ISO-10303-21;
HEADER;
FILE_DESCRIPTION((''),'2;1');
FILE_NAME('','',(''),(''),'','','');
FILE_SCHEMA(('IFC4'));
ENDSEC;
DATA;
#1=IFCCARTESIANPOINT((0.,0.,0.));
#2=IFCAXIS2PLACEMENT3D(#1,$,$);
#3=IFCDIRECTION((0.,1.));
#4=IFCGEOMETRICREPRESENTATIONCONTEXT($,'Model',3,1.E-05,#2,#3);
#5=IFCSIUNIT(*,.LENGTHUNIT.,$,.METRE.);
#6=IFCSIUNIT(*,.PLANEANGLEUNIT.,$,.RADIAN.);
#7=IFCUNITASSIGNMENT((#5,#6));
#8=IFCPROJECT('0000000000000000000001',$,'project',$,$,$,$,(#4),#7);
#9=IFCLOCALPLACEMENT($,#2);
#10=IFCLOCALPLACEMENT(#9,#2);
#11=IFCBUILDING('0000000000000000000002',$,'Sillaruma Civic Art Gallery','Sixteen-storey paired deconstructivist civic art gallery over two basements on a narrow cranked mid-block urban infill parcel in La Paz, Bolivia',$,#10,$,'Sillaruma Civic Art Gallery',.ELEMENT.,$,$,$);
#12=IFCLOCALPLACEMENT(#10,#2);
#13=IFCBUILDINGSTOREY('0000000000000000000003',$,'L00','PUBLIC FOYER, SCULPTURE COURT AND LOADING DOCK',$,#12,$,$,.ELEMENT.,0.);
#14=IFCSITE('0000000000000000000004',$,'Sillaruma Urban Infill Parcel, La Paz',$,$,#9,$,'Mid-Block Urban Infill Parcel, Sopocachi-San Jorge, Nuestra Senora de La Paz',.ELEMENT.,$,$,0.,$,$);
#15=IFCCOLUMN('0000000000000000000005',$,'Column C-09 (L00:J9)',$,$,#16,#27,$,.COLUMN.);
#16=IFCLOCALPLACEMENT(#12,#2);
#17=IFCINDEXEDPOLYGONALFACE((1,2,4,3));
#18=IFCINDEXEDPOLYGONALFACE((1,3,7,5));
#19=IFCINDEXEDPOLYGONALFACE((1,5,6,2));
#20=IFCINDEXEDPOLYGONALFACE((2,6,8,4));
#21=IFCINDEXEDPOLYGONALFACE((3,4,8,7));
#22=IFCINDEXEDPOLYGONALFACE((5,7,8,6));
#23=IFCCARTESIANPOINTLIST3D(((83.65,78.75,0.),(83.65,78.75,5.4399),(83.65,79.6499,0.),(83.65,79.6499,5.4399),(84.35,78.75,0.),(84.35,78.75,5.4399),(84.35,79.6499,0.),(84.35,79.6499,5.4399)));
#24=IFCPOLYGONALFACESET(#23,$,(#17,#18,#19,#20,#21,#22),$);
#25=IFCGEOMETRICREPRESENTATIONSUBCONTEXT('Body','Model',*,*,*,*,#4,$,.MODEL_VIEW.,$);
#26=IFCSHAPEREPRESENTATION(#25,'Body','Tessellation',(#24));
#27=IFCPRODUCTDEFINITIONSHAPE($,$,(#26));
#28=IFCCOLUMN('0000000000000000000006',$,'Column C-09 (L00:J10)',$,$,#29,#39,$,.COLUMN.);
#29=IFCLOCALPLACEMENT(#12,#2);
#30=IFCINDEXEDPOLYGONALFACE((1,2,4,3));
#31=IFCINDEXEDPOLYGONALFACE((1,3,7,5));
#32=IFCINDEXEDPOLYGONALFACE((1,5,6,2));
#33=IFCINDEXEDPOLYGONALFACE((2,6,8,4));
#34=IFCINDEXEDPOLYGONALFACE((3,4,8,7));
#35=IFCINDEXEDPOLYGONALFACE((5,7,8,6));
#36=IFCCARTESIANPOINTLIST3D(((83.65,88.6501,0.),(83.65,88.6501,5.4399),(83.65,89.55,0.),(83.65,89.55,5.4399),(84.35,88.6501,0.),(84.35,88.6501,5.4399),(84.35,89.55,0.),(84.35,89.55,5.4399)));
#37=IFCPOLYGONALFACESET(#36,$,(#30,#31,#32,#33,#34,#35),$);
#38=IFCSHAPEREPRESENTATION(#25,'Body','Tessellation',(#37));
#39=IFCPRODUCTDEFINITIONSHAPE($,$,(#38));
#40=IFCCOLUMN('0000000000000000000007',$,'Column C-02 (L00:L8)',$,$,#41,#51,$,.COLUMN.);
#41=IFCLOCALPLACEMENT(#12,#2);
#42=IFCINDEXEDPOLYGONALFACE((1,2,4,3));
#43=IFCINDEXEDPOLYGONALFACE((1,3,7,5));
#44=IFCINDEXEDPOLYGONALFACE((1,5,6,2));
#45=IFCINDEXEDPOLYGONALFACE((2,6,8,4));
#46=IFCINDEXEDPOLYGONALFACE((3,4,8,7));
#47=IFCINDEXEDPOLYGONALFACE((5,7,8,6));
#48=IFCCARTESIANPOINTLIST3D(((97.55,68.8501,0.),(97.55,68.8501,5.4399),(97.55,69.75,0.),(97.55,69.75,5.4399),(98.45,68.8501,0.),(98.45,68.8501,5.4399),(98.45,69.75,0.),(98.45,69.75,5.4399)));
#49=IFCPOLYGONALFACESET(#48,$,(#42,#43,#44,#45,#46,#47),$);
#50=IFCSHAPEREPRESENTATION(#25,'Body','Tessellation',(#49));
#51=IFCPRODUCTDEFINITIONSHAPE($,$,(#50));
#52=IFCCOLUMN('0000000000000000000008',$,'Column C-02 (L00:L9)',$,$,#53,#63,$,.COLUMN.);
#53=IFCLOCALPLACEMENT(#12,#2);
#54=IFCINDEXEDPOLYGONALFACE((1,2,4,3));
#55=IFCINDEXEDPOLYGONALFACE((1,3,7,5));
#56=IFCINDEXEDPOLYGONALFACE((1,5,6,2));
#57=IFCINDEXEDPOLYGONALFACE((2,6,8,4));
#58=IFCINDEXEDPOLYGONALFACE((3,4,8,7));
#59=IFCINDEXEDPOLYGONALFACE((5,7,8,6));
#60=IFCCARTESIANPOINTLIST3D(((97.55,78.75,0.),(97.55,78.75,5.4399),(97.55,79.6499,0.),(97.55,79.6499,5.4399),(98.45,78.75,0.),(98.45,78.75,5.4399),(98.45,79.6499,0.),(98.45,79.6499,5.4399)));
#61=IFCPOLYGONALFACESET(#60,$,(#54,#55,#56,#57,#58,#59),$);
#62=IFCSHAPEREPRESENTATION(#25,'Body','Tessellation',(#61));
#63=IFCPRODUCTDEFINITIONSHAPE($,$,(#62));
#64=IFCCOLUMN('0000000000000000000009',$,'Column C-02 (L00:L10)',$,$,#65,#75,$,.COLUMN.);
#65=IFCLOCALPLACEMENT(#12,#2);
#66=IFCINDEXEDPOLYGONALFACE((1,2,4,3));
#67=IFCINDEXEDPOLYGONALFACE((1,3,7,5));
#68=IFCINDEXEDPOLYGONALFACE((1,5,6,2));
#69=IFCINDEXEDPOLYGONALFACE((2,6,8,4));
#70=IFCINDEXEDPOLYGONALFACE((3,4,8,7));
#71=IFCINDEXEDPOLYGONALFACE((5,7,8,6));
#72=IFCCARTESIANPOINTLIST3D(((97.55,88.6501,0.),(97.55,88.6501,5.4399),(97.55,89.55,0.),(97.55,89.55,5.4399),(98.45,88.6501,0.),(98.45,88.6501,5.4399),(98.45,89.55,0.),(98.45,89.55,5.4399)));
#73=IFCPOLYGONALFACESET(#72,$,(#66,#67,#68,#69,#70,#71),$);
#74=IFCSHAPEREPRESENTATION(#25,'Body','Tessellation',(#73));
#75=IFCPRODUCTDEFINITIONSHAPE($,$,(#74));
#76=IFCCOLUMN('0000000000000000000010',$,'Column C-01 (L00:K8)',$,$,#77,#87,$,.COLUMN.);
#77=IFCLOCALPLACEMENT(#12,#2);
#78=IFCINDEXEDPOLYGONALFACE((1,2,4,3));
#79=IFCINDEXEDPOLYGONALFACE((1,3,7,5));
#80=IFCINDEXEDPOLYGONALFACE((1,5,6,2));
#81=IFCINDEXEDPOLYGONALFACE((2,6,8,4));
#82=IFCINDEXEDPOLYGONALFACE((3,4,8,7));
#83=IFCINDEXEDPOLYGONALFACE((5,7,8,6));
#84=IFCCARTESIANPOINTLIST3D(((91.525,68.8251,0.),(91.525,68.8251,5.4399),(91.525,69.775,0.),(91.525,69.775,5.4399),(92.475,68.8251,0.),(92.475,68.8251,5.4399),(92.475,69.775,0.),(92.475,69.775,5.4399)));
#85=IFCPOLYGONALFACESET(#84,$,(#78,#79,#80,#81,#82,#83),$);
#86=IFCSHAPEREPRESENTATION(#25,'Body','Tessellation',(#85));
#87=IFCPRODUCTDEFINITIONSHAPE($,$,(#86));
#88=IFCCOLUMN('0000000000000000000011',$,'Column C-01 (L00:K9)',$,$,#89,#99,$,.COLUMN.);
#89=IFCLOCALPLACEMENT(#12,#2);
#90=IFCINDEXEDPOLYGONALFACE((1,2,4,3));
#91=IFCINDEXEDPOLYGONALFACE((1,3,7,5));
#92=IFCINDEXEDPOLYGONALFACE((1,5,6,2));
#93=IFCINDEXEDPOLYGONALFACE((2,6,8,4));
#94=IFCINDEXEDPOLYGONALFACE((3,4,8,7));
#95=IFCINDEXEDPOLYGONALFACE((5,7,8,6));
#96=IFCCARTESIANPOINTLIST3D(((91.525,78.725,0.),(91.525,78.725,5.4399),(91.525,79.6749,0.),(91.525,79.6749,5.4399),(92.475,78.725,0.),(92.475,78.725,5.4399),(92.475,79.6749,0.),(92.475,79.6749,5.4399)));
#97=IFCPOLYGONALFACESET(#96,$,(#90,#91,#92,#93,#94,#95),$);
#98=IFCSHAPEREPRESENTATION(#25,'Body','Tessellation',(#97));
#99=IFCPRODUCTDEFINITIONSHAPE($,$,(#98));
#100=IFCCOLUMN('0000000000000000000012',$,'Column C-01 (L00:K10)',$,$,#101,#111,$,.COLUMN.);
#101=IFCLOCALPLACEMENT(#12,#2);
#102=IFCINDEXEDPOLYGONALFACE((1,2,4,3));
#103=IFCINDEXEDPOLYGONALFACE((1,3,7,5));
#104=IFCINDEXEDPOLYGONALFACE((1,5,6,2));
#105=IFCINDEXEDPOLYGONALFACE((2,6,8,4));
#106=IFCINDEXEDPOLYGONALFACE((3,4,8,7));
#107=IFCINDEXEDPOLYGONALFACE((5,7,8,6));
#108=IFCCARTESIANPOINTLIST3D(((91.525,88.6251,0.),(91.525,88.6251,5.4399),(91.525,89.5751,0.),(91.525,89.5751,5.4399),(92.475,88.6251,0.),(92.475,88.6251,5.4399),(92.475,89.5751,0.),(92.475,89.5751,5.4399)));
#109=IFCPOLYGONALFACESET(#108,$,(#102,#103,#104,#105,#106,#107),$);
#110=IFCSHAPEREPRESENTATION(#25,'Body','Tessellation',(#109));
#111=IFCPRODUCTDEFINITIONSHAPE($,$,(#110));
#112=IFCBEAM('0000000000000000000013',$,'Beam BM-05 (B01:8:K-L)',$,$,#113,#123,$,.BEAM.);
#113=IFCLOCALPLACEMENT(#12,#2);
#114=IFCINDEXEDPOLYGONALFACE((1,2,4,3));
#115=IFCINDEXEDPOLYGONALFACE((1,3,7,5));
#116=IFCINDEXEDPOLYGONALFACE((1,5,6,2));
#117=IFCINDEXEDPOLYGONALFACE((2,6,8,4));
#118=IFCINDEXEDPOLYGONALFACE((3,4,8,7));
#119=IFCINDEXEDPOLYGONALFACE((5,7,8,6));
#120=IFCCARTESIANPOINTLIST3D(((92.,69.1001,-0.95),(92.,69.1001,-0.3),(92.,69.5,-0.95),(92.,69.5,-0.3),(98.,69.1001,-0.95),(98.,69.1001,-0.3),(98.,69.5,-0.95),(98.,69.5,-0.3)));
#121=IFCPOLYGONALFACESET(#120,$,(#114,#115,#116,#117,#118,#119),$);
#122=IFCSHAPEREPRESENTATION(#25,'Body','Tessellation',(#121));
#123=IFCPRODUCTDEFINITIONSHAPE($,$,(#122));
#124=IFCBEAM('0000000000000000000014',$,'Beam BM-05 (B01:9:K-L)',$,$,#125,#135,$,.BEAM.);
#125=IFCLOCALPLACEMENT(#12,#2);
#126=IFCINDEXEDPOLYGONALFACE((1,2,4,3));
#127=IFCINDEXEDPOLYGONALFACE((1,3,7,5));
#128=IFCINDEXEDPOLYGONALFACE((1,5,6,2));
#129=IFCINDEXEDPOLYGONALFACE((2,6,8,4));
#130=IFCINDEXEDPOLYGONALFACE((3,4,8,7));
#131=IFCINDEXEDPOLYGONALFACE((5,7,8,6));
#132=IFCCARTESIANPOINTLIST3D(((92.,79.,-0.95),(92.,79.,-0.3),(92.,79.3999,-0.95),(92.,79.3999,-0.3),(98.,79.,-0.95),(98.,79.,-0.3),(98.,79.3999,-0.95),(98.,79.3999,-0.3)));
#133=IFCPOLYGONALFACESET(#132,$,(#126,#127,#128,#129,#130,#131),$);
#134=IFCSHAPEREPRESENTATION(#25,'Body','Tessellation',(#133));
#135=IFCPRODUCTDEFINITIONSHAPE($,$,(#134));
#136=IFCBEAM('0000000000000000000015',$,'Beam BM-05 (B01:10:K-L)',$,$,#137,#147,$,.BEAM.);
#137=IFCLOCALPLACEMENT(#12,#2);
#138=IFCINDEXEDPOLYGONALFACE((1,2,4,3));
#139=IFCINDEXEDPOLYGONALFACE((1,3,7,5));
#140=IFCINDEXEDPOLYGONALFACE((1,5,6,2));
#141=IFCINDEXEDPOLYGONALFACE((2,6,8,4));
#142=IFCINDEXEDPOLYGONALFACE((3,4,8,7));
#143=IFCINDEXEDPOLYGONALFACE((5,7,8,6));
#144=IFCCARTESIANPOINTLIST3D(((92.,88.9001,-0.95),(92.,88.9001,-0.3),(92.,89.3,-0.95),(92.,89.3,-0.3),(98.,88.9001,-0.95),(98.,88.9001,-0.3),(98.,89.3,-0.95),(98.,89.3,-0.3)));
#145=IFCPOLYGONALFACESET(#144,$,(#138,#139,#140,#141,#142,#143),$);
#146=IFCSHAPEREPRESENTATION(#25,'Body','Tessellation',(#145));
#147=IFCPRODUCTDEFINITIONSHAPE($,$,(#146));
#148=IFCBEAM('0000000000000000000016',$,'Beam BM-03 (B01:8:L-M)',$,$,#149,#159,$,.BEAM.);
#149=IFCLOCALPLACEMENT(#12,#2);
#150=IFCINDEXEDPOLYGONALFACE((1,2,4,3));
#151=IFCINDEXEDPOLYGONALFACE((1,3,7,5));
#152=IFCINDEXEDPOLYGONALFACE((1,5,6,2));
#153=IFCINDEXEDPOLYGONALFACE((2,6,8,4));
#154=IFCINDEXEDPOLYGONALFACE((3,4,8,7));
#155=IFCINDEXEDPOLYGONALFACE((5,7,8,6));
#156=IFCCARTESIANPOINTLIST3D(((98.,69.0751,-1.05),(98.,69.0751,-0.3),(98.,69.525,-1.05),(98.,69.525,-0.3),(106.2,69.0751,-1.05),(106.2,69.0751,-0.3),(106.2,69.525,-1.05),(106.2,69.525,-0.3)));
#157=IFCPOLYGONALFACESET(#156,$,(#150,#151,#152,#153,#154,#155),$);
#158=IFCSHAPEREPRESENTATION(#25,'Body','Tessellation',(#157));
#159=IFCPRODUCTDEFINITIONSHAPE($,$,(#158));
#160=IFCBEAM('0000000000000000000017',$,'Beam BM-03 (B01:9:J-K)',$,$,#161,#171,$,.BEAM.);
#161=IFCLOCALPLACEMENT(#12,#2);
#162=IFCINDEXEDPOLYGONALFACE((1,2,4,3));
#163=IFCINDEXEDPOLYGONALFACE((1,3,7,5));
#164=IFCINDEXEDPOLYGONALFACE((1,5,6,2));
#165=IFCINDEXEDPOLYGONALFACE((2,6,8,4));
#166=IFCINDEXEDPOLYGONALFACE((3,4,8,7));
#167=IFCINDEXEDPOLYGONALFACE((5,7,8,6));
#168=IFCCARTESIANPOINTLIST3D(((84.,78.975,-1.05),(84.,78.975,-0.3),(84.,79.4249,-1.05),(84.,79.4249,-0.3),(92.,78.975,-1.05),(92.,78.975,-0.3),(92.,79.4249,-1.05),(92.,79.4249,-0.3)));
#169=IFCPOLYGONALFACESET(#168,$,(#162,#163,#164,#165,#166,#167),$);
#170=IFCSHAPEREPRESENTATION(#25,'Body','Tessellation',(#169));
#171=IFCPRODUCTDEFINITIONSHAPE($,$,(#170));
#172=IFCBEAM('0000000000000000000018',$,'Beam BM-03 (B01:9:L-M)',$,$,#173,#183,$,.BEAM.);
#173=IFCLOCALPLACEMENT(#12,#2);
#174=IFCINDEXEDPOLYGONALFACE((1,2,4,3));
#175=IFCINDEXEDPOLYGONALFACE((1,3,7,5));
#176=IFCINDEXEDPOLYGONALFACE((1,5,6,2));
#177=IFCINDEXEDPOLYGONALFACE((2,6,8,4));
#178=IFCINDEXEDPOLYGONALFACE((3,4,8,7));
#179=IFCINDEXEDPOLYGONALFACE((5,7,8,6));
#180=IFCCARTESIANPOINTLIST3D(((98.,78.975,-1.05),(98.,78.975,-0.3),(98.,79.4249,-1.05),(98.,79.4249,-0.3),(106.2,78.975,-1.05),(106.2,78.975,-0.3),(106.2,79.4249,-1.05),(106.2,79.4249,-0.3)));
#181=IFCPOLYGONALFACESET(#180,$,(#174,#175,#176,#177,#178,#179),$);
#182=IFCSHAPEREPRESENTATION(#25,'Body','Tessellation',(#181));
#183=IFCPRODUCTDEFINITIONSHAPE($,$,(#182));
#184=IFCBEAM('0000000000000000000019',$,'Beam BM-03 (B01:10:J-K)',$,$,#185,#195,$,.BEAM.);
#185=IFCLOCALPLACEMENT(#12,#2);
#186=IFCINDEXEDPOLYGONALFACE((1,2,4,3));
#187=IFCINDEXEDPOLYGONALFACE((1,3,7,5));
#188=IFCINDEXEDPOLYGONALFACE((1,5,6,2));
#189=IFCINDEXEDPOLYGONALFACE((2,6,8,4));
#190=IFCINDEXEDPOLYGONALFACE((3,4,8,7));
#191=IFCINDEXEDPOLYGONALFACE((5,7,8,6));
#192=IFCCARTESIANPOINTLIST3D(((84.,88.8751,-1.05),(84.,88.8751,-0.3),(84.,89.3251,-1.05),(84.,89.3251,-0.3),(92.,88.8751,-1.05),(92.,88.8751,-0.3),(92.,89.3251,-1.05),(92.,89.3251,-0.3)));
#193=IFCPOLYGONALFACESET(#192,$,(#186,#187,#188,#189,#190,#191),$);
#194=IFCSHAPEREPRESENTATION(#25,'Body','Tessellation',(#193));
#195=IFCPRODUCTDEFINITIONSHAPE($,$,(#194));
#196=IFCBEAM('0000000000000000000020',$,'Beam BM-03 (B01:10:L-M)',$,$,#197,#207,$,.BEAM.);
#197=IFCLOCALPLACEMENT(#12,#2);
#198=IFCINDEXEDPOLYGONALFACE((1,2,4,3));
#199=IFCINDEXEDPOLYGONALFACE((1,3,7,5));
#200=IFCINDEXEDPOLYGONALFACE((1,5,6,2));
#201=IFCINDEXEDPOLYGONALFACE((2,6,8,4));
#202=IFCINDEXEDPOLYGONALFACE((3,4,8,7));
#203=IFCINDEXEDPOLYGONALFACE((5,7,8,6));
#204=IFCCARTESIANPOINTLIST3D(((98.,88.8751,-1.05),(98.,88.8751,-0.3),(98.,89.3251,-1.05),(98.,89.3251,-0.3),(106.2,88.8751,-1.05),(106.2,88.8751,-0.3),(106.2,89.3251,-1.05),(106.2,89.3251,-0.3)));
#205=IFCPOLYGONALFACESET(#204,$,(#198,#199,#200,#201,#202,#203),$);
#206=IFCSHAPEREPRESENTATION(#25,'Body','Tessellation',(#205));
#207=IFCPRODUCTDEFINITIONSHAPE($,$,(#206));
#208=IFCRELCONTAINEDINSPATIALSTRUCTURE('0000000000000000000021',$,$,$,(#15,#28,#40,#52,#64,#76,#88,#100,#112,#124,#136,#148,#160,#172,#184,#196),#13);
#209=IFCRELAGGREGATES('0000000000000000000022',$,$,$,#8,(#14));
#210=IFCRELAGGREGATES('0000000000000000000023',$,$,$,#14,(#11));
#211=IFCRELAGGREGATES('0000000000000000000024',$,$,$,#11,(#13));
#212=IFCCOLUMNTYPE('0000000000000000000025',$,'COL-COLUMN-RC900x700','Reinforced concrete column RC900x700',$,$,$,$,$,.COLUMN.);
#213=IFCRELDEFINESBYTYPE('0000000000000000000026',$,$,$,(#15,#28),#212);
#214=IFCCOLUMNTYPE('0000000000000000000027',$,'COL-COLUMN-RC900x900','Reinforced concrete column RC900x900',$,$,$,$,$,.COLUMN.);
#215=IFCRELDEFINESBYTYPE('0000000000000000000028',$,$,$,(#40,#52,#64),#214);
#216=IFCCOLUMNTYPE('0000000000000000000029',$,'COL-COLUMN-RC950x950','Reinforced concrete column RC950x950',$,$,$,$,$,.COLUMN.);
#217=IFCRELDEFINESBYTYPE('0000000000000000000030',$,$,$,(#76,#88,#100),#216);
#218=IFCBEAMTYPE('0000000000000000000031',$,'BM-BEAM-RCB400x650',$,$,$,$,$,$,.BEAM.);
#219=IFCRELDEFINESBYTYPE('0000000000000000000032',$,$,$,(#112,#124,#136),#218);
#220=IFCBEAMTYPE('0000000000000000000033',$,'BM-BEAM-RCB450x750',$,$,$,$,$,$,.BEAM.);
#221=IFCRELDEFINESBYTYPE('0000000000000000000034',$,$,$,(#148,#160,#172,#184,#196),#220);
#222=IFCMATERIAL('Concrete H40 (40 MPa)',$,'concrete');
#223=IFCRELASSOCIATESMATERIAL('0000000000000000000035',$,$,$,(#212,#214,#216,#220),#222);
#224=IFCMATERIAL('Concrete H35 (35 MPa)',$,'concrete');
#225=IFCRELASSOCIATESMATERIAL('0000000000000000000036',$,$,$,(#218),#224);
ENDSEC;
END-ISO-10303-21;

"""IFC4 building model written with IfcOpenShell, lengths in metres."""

from ifc_helpers import new_model, si_unit, direction, frame, origin, origin_2d, place, context, subcontext, project, spatial, rectangle, extrude, material, material_profile, profile_set, type_object, element, save


model = new_model("IFC4")

# Units and contexts
model_context = context("Model", 3, precision=1e-05, world=origin(), true_north=direction((0.0, 1.0)))
body_context = subcontext(model_context, "Body", "Model", "MODEL_VIEW")
ifc_project = project(units=[si_unit("LENGTHUNIT", "METRE"), si_unit("PLANEANGLEUNIT", "RADIAN")], contexts=[model_context])

# Site, building, storey
site_placement = place(None, origin())
site = spatial("IfcSite", under=ifc_project, at=site_placement, Name="Sillaruma Urban Infill Parcel, La Paz", LongName="Mid-Block Urban Infill Parcel, Sopocachi-San Jorge, Nuestra Senora de La Paz", CompositionType="ELEMENT", RefElevation=0.0)
building_placement = place(site_placement, origin())
building = spatial("IfcBuilding", under=site, at=building_placement, Name="Sillaruma Civic Art Gallery", Description="Sixteen-storey paired deconstructivist civic art gallery over two basements on a narrow cranked mid-block urban infill parcel in La Paz, Bolivia", LongName="Sillaruma Civic Art Gallery", CompositionType="ELEMENT")
storey_placement = place(building_placement, origin())
storey = spatial("IfcBuildingStorey", under=building, at=storey_placement, Name="L00", Description="PUBLIC FOYER, SCULPTURE COURT AND LOADING DOCK", CompositionType="ELEMENT", Elevation=0.0)

# Columns
ifc_material_1 = material(Name="Concrete H40 (40 MPa)", Category="concrete")
ifc_material_profile_1 = material_profile(ifc_material_1, rectangle(XDim=0.7, YDim=0.8999, at=origin_2d()), Name="RC900x700")
ifc_profile_set_1 = profile_set([ifc_material_profile_1], Name="Concrete H40 (40 MPa)")
column_type_1 = type_object("IfcColumnType", Name="COL-COLUMN-RC900x700", Description="Reinforced concrete column RC900x700", PredefinedType="COLUMN", material=ifc_profile_set_1)
for number, where, z_axis, x_axis, name in (
    (1, (84.0, 79.2, 0.0), (0.0, 0.0, 1.0), (1.0, 0.0, 0.0), "Column C-09 (L00:J9)"),
    (2, (84.0, 89.1001, 0.0), (0.0, 0.0, 1.0), (1.0, 0.0, 0.0), "Column C-09 (L00:J10)"),
):
    element("IfcColumn", number, at=place(storey_placement, frame(where, z_axis=z_axis, x_axis=x_axis)), inside=storey, type_object=column_type_1, Name=name, PredefinedType="COLUMN", context=body_context, shape_type="SweptSolid", body=[
        extrude(rectangle(XDim=0.7, YDim=0.8999, at=origin_2d()), origin(), (0.0, 0.0, 1.0), 5.4399),
    ])
ifc_material_profile_2 = material_profile(ifc_material_1, rectangle(XDim=0.8999, YDim=0.8999, at=origin_2d()), Name="RC900x900")
ifc_profile_set_2 = profile_set([ifc_material_profile_2], Name="Concrete H40 (40 MPa)")
column_type_2 = type_object("IfcColumnType", Name="COL-COLUMN-RC900x900", Description="Reinforced concrete column RC900x900", PredefinedType="COLUMN", material=ifc_profile_set_2)
for number, where, z_axis, x_axis, name in (
    (3, (98.0, 69.3, 0.0), (0.0, 0.0, 1.0), (1.0, 0.0, 0.0), "Column C-02 (L00:L8)"),
    (4, (98.0, 79.2, 0.0), (0.0, 0.0, 1.0), (1.0, 0.0, 0.0), "Column C-02 (L00:L9)"),
    (5, (98.0, 89.1001, 0.0), (0.0, 0.0, 1.0), (1.0, 0.0, 0.0), "Column C-02 (L00:L10)"),
):
    element("IfcColumn", number, at=place(storey_placement, frame(where, z_axis=z_axis, x_axis=x_axis)), inside=storey, type_object=column_type_2, Name=name, PredefinedType="COLUMN", context=body_context, shape_type="SweptSolid", body=[
        extrude(rectangle(XDim=0.8999, YDim=0.8999, at=origin_2d()), origin(), (0.0, 0.0, 1.0), 5.4399),
    ])
ifc_material_profile_3 = material_profile(ifc_material_1, rectangle(XDim=0.95, YDim=0.95, at=origin_2d()), Name="RC950x950")
ifc_profile_set_3 = profile_set([ifc_material_profile_3], Name="Concrete H40 (40 MPa)")
column_type_3 = type_object("IfcColumnType", Name="COL-COLUMN-RC950x950", Description="Reinforced concrete column RC950x950", PredefinedType="COLUMN", material=ifc_profile_set_3)
for number, where, z_axis, x_axis, name in (
    (6, (92.0, 69.3, 0.0), (0.0, 0.0, 1.0), (1.0, 0.0, 0.0), "Column C-01 (L00:K8)"),
    (7, (92.0, 79.2, 0.0), (0.0, 0.0, 1.0), (1.0, 0.0, 0.0), "Column C-01 (L00:K9)"),
    (8, (92.0, 89.1001, 0.0), (0.0, 0.0, 1.0), (1.0, 0.0, 0.0), "Column C-01 (L00:K10)"),
):
    element("IfcColumn", number, at=place(storey_placement, frame(where, z_axis=z_axis, x_axis=x_axis)), inside=storey, type_object=column_type_3, Name=name, PredefinedType="COLUMN", context=body_context, shape_type="SweptSolid", body=[
        extrude(rectangle(XDim=0.95, YDim=0.95, at=origin_2d()), origin(), (0.0, 0.0, 1.0), 5.4399),
    ])

# Beams
ifc_material_2 = material(Name="Concrete H35 (35 MPa)", Category="concrete")
ifc_material_profile_4 = material_profile(ifc_material_2, rectangle(XDim=0.3999, YDim=0.6499, at=origin_2d()), Name="RCB400x650")
ifc_profile_set_4 = profile_set([ifc_material_profile_4], Name="Concrete H35 (35 MPa)")
beam_type_1 = type_object("IfcBeamType", Name="BM-BEAM-RCB400x650", PredefinedType="BEAM", material=ifc_profile_set_4)
for number, where, z_axis, x_axis, name in (
    (9, (92.0, 69.3, -0.625), (1.0, 0.0, 0.0), (0.0, 1.0, 0.0), "Beam BM-05 (B01:8:K-L)"),
    (10, (92.0, 79.2, -0.625), (1.0, 0.0, 0.0), (0.0, 1.0, 0.0), "Beam BM-05 (B01:9:K-L)"),
    (11, (92.0, 89.1001, -0.625), (1.0, 0.0, 0.0), (0.0, 1.0, 0.0), "Beam BM-05 (B01:10:K-L)"),
):
    element("IfcBeam", number, at=place(storey_placement, frame(where, z_axis=z_axis, x_axis=x_axis)), inside=storey, type_object=beam_type_1, Name=name, PredefinedType="BEAM", context=body_context, shape_type="SweptSolid", body=[
        extrude(rectangle(XDim=0.3999, YDim=0.6499, at=origin_2d()), origin(), (0.0, 0.0, 1.0), 6.0),
    ])
ifc_material_profile_5 = material_profile(ifc_material_1, rectangle(XDim=0.45, YDim=0.75, at=origin_2d()), Name="RCB450x750")
ifc_profile_set_5 = profile_set([ifc_material_profile_5], Name="Concrete H40 (40 MPa)")
beam_type_2 = type_object("IfcBeamType", Name="BM-BEAM-RCB450x750", PredefinedType="BEAM", material=ifc_profile_set_5)
beam_1_placement = place(storey_placement, frame((98.0, 69.3, -0.675), z_axis=(1.0, 0.0, 0.0), x_axis=(0.0, 1.0, 0.0)))
element("IfcBeam", 12, at=beam_1_placement, inside=storey, type_object=beam_type_2, Name="Beam BM-03 (B01:8:L-M)", PredefinedType="BEAM", context=body_context, shape_type="SweptSolid", body=[
    extrude(rectangle(XDim=0.45, YDim=0.75, at=origin_2d()), origin(), (0.0, 0.0, 1.0), 8.2),
])
beam_2_placement = place(storey_placement, frame((84.0, 79.2, -0.675), z_axis=(1.0, 0.0, 0.0), x_axis=(0.0, 1.0, 0.0)))
element("IfcBeam", 13, at=beam_2_placement, inside=storey, type_object=beam_type_2, Name="Beam BM-03 (B01:9:J-K)", PredefinedType="BEAM", context=body_context, shape_type="SweptSolid", body=[
    extrude(rectangle(XDim=0.45, YDim=0.75, at=origin_2d()), origin(), (0.0, 0.0, 1.0), 8.0),
])
beam_3_placement = place(storey_placement, frame((98.0, 79.2, -0.675), z_axis=(1.0, 0.0, 0.0), x_axis=(0.0, 1.0, 0.0)))
element("IfcBeam", 14, at=beam_3_placement, inside=storey, type_object=beam_type_2, Name="Beam BM-03 (B01:9:L-M)", PredefinedType="BEAM", context=body_context, shape_type="SweptSolid", body=[
    extrude(rectangle(XDim=0.45, YDim=0.75, at=origin_2d()), origin(), (0.0, 0.0, 1.0), 8.2),
])
beam_4_placement = place(storey_placement, frame((84.0, 89.1001, -0.675), z_axis=(1.0, 0.0, 0.0), x_axis=(0.0, 1.0, 0.0)))
element("IfcBeam", 15, at=beam_4_placement, inside=storey, type_object=beam_type_2, Name="Beam BM-03 (B01:10:J-K)", PredefinedType="BEAM", context=body_context, shape_type="SweptSolid", body=[
    extrude(rectangle(XDim=0.45, YDim=0.75, at=origin_2d()), origin(), (0.0, 0.0, 1.0), 8.0),
])
beam_5_placement = place(storey_placement, frame((98.0, 89.1001, -0.675), z_axis=(1.0, 0.0, 0.0), x_axis=(0.0, 1.0, 0.0)))
element("IfcBeam", 16, at=beam_5_placement, inside=storey, type_object=beam_type_2, Name="Beam BM-03 (B01:10:L-M)", PredefinedType="BEAM", context=body_context, shape_type="SweptSolid", body=[
    extrude(rectangle(XDim=0.45, YDim=0.75, at=origin_2d()), origin(), (0.0, 0.0, 1.0), 8.2),
])

save(model, "model.ifc")
